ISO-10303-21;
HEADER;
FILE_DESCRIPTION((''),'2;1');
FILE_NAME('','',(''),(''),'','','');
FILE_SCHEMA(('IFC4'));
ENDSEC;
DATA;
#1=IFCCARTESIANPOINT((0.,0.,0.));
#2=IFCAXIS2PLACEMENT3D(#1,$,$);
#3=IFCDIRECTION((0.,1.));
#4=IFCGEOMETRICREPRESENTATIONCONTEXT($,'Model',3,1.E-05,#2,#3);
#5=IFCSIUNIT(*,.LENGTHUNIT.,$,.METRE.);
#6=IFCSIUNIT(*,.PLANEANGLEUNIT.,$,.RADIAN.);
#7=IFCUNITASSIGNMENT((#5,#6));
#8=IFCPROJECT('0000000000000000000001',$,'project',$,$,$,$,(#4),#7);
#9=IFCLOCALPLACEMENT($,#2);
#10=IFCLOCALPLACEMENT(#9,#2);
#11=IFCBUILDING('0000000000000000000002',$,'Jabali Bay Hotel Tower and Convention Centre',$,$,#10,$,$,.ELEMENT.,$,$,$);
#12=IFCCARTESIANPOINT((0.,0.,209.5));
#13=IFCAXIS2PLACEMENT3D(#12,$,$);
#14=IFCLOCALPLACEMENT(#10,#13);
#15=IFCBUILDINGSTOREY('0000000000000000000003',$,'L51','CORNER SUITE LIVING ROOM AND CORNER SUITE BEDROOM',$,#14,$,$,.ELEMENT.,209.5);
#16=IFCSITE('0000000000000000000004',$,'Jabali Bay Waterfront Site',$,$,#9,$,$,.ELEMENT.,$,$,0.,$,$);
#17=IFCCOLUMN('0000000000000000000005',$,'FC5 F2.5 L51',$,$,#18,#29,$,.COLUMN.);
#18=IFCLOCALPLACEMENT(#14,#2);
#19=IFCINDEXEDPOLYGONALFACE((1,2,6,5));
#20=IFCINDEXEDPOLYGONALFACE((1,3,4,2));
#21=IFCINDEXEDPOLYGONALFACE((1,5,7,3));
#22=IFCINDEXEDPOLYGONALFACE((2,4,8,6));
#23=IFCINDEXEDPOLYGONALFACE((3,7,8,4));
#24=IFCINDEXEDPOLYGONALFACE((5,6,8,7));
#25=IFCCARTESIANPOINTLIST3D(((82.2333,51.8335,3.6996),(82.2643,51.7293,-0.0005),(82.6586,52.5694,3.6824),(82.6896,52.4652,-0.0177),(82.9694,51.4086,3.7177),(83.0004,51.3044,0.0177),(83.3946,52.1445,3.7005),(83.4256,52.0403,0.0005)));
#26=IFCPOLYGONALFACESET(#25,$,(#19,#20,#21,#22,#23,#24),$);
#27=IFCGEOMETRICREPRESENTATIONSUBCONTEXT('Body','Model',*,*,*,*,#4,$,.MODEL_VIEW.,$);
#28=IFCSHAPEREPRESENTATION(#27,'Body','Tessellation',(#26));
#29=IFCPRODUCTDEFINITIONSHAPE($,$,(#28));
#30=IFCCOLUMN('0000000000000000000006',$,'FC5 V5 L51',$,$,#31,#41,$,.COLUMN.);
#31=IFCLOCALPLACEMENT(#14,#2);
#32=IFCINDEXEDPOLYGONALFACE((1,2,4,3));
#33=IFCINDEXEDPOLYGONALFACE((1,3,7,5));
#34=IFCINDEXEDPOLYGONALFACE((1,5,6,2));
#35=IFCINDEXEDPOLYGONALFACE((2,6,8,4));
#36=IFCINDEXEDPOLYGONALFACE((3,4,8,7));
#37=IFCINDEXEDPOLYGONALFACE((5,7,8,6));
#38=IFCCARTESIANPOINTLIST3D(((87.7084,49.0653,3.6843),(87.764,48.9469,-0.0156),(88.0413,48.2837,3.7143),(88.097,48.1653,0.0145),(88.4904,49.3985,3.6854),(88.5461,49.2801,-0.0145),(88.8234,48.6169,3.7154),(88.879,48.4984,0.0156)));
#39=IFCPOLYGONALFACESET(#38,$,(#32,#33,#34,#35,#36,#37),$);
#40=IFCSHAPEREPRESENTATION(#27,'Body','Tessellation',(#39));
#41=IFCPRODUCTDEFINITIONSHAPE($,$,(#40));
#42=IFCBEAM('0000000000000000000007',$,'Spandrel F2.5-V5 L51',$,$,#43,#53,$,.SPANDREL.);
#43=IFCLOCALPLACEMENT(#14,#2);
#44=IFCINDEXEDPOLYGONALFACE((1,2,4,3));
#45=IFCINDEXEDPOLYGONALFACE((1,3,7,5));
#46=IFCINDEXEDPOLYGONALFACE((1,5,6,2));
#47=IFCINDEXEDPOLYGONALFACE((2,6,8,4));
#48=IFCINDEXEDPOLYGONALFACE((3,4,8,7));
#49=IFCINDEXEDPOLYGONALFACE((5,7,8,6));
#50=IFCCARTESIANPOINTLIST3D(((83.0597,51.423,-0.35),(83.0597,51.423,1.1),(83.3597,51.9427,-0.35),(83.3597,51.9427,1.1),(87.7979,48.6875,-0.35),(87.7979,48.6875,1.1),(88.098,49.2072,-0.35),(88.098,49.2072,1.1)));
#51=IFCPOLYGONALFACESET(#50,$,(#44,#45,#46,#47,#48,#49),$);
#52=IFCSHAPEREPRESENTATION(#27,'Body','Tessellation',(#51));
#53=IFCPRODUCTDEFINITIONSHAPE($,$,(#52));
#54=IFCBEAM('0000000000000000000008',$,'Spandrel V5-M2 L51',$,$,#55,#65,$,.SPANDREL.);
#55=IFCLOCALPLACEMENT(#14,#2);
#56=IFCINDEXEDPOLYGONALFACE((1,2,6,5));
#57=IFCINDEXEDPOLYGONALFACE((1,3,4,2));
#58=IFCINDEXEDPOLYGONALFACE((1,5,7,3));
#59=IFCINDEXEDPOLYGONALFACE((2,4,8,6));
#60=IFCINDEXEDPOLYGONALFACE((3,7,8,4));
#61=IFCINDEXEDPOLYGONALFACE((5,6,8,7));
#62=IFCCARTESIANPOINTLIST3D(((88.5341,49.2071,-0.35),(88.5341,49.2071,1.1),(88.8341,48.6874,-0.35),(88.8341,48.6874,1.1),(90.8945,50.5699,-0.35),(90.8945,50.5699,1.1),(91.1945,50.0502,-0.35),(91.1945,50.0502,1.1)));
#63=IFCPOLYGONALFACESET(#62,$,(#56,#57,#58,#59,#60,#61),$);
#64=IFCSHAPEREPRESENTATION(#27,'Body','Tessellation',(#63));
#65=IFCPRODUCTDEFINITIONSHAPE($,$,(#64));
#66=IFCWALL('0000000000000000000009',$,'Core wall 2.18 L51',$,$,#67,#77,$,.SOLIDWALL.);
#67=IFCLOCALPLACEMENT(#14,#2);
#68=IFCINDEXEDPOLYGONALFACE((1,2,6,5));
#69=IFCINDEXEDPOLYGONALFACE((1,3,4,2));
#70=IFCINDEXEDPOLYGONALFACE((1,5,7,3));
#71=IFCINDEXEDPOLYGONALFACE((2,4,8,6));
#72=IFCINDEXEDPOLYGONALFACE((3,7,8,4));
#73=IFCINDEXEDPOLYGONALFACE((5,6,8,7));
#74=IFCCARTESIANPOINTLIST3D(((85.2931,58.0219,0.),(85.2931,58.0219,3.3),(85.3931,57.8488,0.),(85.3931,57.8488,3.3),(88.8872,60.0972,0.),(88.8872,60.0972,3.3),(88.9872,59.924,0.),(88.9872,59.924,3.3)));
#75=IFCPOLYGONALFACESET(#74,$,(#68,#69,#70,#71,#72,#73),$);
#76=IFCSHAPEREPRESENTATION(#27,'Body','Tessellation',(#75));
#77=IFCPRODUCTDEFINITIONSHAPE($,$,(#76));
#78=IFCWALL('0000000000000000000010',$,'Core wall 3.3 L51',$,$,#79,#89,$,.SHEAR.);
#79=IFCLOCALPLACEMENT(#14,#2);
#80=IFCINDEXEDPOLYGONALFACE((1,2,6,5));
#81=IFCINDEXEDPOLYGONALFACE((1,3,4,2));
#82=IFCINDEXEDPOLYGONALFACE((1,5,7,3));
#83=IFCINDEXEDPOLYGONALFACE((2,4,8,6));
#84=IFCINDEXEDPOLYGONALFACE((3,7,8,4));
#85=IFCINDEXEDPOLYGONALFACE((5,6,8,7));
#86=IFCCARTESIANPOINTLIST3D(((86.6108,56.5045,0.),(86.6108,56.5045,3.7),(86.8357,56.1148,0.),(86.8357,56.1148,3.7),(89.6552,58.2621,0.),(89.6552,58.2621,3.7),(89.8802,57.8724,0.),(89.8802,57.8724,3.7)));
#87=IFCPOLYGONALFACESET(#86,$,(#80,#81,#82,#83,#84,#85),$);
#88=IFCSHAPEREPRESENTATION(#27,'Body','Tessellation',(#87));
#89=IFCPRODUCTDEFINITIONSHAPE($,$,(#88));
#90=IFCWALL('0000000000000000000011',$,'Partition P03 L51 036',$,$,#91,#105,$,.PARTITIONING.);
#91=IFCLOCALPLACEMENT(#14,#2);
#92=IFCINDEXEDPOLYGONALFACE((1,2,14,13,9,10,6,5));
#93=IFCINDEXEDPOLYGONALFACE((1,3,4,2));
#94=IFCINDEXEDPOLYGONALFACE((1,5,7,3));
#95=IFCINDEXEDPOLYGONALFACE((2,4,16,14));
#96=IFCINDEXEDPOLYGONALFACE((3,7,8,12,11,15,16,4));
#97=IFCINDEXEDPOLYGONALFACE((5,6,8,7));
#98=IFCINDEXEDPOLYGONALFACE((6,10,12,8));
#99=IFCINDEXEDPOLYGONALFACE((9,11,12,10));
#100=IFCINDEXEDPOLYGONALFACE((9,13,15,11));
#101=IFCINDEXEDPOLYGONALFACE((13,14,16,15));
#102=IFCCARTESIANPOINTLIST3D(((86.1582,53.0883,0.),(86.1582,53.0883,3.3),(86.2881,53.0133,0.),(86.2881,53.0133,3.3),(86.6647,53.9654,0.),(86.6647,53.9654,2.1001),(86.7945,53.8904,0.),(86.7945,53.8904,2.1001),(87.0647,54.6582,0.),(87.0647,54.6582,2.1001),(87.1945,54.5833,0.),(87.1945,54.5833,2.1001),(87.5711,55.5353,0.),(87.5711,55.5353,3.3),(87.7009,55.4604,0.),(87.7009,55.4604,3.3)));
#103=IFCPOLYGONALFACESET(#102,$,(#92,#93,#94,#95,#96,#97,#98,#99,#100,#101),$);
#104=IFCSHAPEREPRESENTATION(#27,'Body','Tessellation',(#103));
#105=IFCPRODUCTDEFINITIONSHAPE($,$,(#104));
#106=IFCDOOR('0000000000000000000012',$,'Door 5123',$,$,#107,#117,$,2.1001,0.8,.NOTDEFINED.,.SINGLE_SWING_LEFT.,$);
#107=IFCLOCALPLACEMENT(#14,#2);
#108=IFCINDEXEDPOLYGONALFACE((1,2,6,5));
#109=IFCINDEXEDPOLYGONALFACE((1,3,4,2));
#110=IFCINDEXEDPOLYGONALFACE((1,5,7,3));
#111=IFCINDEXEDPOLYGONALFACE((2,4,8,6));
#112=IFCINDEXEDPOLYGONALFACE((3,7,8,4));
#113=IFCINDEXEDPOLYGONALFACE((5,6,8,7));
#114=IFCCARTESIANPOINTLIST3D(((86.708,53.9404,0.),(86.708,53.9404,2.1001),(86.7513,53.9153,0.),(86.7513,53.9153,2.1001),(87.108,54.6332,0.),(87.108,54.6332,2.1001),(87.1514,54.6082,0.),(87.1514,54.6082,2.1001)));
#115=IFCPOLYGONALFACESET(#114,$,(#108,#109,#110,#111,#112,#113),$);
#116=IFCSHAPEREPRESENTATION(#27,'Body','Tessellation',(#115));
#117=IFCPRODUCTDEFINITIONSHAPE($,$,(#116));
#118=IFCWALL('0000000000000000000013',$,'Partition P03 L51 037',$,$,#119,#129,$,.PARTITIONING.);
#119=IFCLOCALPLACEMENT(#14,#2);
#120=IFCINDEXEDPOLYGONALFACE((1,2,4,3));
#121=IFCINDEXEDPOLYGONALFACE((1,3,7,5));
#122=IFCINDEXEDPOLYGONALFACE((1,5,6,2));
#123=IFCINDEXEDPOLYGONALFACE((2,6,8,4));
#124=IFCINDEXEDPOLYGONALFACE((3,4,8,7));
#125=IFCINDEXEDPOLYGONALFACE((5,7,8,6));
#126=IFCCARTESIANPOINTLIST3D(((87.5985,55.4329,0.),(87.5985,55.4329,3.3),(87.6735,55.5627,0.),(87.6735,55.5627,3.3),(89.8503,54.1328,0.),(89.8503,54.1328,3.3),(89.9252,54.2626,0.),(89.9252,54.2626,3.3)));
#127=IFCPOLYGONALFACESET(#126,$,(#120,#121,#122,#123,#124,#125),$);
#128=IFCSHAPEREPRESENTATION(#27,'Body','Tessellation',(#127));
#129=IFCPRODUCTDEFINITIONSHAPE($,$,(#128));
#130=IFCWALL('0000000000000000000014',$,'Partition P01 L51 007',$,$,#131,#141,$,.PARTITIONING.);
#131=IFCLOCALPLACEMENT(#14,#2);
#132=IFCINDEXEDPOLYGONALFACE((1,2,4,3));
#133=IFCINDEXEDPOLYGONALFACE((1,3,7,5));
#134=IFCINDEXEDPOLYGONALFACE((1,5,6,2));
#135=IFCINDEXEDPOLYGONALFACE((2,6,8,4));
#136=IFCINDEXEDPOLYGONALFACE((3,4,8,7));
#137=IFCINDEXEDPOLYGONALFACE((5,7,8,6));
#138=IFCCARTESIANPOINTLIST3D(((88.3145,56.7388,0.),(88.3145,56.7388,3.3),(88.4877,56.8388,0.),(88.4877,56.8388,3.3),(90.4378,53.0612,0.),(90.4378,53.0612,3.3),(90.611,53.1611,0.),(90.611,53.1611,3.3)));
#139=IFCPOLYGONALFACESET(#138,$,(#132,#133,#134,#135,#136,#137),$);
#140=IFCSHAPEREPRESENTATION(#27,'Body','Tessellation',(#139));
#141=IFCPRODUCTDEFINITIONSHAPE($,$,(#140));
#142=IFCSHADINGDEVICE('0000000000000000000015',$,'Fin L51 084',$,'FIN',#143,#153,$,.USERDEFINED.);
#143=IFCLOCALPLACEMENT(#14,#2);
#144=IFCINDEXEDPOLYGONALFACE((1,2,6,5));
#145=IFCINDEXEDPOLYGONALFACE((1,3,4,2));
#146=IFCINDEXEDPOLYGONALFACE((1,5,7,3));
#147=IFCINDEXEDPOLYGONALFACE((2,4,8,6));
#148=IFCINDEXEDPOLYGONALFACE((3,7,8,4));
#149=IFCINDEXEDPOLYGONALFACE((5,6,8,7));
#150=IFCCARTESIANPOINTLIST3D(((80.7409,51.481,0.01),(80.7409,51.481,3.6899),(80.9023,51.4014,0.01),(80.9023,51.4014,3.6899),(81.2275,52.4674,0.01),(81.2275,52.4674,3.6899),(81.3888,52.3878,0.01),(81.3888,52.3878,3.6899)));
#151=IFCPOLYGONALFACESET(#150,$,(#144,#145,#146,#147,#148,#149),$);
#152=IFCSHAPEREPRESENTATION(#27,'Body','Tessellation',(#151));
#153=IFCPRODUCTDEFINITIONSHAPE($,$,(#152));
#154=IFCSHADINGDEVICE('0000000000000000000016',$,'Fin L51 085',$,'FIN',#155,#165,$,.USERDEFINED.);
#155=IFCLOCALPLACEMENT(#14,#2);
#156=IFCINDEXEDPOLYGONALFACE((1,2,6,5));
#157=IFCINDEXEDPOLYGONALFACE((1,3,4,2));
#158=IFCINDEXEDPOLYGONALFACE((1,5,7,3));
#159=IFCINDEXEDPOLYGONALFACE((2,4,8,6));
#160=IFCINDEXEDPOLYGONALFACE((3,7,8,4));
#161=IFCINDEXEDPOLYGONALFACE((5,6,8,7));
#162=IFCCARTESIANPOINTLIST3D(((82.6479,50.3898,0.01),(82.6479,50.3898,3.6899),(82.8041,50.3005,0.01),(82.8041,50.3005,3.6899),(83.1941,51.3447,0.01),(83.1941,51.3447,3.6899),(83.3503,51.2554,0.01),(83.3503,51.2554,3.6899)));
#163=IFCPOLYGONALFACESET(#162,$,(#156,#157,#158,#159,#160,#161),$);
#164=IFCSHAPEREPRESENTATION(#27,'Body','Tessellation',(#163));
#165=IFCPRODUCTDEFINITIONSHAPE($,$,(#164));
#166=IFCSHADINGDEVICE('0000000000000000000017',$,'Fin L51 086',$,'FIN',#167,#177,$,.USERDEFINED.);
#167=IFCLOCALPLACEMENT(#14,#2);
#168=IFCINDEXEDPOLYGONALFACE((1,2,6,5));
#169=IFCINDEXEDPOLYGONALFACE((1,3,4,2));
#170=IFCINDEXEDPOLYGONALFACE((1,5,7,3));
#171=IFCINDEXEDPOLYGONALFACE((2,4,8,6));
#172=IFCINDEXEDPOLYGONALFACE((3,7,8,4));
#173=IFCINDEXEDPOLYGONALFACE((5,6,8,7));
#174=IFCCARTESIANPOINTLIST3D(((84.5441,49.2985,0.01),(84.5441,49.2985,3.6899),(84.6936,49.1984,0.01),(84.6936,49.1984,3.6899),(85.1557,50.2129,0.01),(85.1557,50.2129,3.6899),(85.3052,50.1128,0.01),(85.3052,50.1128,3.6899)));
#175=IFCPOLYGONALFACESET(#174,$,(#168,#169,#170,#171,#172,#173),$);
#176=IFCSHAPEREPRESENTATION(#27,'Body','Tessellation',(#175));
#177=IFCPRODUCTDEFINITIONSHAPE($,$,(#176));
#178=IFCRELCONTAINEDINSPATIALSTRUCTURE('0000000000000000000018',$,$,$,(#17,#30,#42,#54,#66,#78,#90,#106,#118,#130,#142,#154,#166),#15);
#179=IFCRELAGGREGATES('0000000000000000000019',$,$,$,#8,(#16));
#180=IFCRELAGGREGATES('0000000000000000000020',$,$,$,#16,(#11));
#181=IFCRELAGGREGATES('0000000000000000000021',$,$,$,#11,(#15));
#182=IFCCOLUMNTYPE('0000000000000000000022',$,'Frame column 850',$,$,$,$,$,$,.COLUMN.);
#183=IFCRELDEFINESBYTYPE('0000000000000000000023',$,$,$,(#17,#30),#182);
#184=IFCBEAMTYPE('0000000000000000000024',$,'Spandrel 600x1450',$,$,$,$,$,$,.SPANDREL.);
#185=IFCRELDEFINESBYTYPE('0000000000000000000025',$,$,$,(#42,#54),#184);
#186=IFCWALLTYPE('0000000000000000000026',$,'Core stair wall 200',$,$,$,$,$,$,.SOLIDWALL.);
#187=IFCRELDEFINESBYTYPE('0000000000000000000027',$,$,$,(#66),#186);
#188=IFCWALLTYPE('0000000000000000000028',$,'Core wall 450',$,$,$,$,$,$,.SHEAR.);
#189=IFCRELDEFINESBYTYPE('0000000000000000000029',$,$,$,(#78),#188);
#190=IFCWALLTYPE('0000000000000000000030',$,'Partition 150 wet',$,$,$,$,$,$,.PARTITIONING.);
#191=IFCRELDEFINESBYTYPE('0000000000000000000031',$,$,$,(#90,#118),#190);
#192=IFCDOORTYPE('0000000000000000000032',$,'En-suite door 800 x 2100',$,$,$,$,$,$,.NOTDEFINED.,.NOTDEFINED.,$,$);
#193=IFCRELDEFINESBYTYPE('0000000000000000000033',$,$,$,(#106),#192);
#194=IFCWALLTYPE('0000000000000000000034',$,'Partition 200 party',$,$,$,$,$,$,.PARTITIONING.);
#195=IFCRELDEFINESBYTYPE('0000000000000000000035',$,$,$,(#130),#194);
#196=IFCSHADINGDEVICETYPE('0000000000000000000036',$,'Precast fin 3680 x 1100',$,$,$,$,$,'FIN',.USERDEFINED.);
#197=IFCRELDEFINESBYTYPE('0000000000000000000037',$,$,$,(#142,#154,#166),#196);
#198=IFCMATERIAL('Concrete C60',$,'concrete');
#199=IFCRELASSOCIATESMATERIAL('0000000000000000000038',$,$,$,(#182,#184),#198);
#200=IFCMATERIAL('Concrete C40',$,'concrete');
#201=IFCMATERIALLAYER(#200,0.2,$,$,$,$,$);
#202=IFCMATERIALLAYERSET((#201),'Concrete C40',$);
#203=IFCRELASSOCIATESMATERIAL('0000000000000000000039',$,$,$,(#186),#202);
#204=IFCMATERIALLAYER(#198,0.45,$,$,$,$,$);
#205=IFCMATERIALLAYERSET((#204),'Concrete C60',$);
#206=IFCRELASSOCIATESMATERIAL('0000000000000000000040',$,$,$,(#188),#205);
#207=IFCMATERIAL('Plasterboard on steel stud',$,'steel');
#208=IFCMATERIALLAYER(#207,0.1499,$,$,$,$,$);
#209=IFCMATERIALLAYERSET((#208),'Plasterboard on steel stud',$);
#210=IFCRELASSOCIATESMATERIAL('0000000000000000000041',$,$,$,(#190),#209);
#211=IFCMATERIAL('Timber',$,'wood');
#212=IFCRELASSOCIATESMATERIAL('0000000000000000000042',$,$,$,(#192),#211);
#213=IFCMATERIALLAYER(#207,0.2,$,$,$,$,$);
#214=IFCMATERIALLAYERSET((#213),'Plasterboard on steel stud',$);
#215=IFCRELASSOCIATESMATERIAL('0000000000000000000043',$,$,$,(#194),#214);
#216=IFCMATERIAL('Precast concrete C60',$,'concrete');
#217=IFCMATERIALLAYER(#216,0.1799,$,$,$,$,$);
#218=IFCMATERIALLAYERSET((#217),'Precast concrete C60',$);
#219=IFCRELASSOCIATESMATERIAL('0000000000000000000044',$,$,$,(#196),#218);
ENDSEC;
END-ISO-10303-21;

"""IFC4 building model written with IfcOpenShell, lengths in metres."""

from ifc_helpers import new_model, si_unit, direction, frame, frame_2d, origin, origin_2d, place, context, subcontext, project, spatial, rectangle, extrude, material, layer, layer_set, material_profile, profile_set, type_object, element, fill, save


model = new_model("IFC4")

# Units and contexts
model_context = context("Model", 3, precision=1e-05, world=origin(), true_north=direction((0.0, 1.0)))
body_context = subcontext(model_context, "Body", "Model", "MODEL_VIEW")
ifc_project = project(units=[si_unit("LENGTHUNIT", "METRE"), si_unit("PLANEANGLEUNIT", "RADIAN")], contexts=[model_context])

# Site, building, storey
site_placement = place(None, origin())
site = spatial("IfcSite", under=ifc_project, at=site_placement, Name="Jabali Bay Waterfront Site", CompositionType="ELEMENT", RefElevation=0.0)
building_placement = place(site_placement, origin())
building = spatial("IfcBuilding", under=site, at=building_placement, Name="Jabali Bay Hotel Tower and Convention Centre", CompositionType="ELEMENT")
storey_placement = place(building_placement, frame((0.0, 0.0, 209.5)))
storey = spatial("IfcBuildingStorey", under=building, at=storey_placement, Name="L51", Description="CORNER SUITE LIVING ROOM AND CORNER SUITE BEDROOM", CompositionType="ELEMENT", Elevation=209.5)

# Columns
ifc_material_1 = material(Name="Concrete C60", Category="concrete")
ifc_material_profile_1 = material_profile(ifc_material_1, rectangle(XDim=0.8501, YDim=0.8501, at=origin_2d()), Name="Frame column 850")
ifc_profile_set_1 = profile_set([ifc_material_profile_1], Name="Concrete C60")
column_type = type_object("IfcColumnType", Name="Frame column 850", PredefinedType="COLUMN", material=ifc_profile_set_1)
column_1_placement = place(storey_placement, frame((82.845, 51.8848, 0.0), z_axis=(-0.008376, 0.028163, 0.999568), x_axis=(-0.50023, -0.865657, 0.020198)))
element("IfcColumn", 1, at=column_1_placement, inside=storey, type_object=column_type, Name="FC5 F2.5 L51", PredefinedType="COLUMN", context=body_context, shape_type="SweptSolid", body=[
    extrude(rectangle(XDim=0.8501, YDim=0.8501, at=origin_2d()), origin(), (0.0, 0.0, 1.0), 3.7017),
])
column_2_placement = place(storey_placement, frame((88.3215, 48.7227, 0.0), z_axis=(-0.015035, 0.031983, 0.999375), x_axis=(0.391661, -0.919432, 0.035317)))
element("IfcColumn", 2, at=column_2_placement, inside=storey, type_object=column_type, Name="FC5 V5 L51", PredefinedType="COLUMN", context=body_context, shape_type="SweptSolid", body=[
    extrude(rectangle(XDim=0.8501, YDim=0.8501, at=origin_2d()), origin(), (0.0, 0.0, 1.0), 3.7021),
])

# Beams
ifc_material_profile_2 = material_profile(ifc_material_1, rectangle(XDim=0.6001, YDim=1.45, at=origin_2d()), Name="Spandrel 600x1450")
ifc_profile_set_2 = profile_set([ifc_material_profile_2], Name="Concrete C60")
beam_type = type_object("IfcBeamType", Name="Spandrel 600x1450", PredefinedType="SPANDREL", material=ifc_profile_set_2)
beam_1_placement = place(storey_placement, frame((83.2097, 51.6829, 0.375), z_axis=(0.86603, -0.499993, 0.0), x_axis=(0.499993, 0.86603, 0.0)))
element("IfcBeam", 3, at=beam_1_placement, inside=storey, type_object=beam_type, Name="Spandrel F2.5-V5 L51", PredefinedType="SPANDREL", context=body_context, shape_type="SweptSolid", body=[
    extrude(rectangle(XDim=0.6001, YDim=1.45, at=origin_2d()), origin(), (0.0, 0.0, 1.0), 5.4712),
])
beam_2_placement = place(storey_placement, frame((88.6841, 48.9473, 0.375), z_axis=(0.866019, 0.500012, 0.0), x_axis=(-0.500012, 0.866019, 0.0)))
element("IfcBeam", 4, at=beam_2_placement, inside=storey, type_object=beam_type, Name="Spandrel V5-M2 L51", PredefinedType="SPANDREL", context=body_context, shape_type="SweptSolid", body=[
    extrude(rectangle(XDim=0.6001, YDim=1.45, at=origin_2d()), origin(), (0.0, 0.0, 1.0), 2.7256),
])

# Walls
ifc_material_2 = material(Name="Concrete C40", Category="concrete")
ifc_layer_1 = layer(ifc_material_2, 0.2)
ifc_layer_set_1 = layer_set([ifc_layer_1], Name="Concrete C40")
wall_type_1 = type_object("IfcWallType", Name="Core stair wall 200", PredefinedType="SOLIDWALL", material=ifc_layer_set_1)
wall_1_placement = place(storey_placement, frame((85.343, 57.9353, 0.0), z_axis=(0.0, 0.0, 1.0), x_axis=(0.866004, 0.500036, 0.0)))
element("IfcWall", 5, at=wall_1_placement, inside=storey, type_object=wall_type_1, Name="Core wall 2.18 L51", PredefinedType="SOLIDWALL", context=body_context, shape_type="SweptSolid", body=[
    extrude(rectangle(XDim=4.1501, YDim=0.2, at=frame_2d((2.0752, 0.0))), origin(), (0.0, 0.0, 1.0), 3.3),
])
ifc_layer_2 = layer(ifc_material_1, 0.45)
ifc_layer_set_2 = layer_set([ifc_layer_2], Name="Concrete C60")
wall_type_2 = type_object("IfcWallType", Name="Core wall 450", PredefinedType="SHEAR", material=ifc_layer_set_2)
wall_2_placement = place(storey_placement, frame((86.7231, 56.3096, 0.0), z_axis=(0.0, 0.0, 1.0), x_axis=(0.866042, 0.499971, 0.0)))
element("IfcWall", 6, at=wall_2_placement, inside=storey, type_object=wall_type_2, Name="Core wall 3.3 L51", PredefinedType="SHEAR", context=body_context, shape_type="SweptSolid", body=[
    extrude(rectangle(XDim=3.5154, YDim=0.45, at=frame_2d((1.7578, 0.0))), origin(), (0.0, 0.0, 1.0), 3.7),
])

# Wall, opening, door
ifc_material_3 = material(Name="Plasterboard on steel stud", Category="steel")
ifc_layer_3 = layer(ifc_material_3, 0.1499)
ifc_layer_set_3 = layer_set([ifc_layer_3], Name="Plasterboard on steel stud")
wall_type_3 = type_object("IfcWallType", Name="Partition 150 wet", PredefinedType="PARTITIONING", material=ifc_layer_set_3)
wall_3_placement = place(storey_placement, frame((86.2231, 53.0508, 0.0), z_axis=(0.0, 0.0, 1.0), x_axis=(0.500014, 0.866017, 0.0)))
wall_3 = element("IfcWall", 7, at=wall_3_placement, inside=storey, type_object=wall_type_3, Name="Partition P03 L51 036", PredefinedType="PARTITIONING", context=body_context, shape_type="SweptSolid", body=[
    extrude(rectangle(XDim=2.8257, YDim=0.1499, at=frame_2d((1.4128, 0.0))), origin(), (0.0, 0.0, 1.0), 3.3),
])
opening_1_placement = place(wall_3_placement, frame((1.0129, 0.0, 0.0)))
opening_1 = element("IfcOpeningElement", 8, at=opening_1_placement, cuts=wall_3, PredefinedType="OPENING", context=body_context, shape_type="SweptSolid", body=[
    extrude(rectangle(XDim=0.8, YDim=2.1001, at=frame_2d((0.3999, 1.05))), frame((0.0, 0.0854, 0.0), z_axis=(0.0, -1.0, 0.0), x_axis=(1.0, 0.0, 0.0)), (0.0, 0.0, 1.0), 0.1709),
])
ifc_material_4 = material(Name="Timber", Category="wood")
door_type_1 = type_object("IfcDoorType", Name="En-suite door 800 x 2100", OperationType="NOTDEFINED", PredefinedType="NOTDEFINED", material=ifc_material_4)
door_1_placement = place(opening_1_placement, origin())
door_1 = element("IfcDoor", 9, at=door_1_placement, inside=storey, type_object=door_type_1, Name="Door 5123", OperationType="SINGLE_SWING_LEFT", OverallHeight=2.1001, OverallWidth=0.8, PredefinedType="NOTDEFINED", context=body_context, shape_type="SweptSolid", body=[
    extrude(rectangle(XDim=0.8, YDim=2.1001, at=frame_2d((0.3999, 1.05))), frame((0.0, 0.0249, 0.0), z_axis=(0.0, -1.0, 0.0), x_axis=(1.0, 0.0, 0.0)), (0.0, 0.0, 1.0), 0.05),
])
fill(opening_1, door_1)

# Walls
wall_4_placement = place(storey_placement, frame((87.636, 55.4978, 0.0), z_axis=(0.0, 0.0, 1.0), x_axis=(0.866021, -0.500007, 0.0)))
element("IfcWall", 10, at=wall_4_placement, inside=storey, type_object=wall_type_3, Name="Partition P03 L51 037", PredefinedType="PARTITIONING", context=body_context, shape_type="SweptSolid", body=[
    extrude(rectangle(XDim=2.6001, YDim=0.1499, at=frame_2d((1.3, 0.0))), origin(), (0.0, 0.0, 1.0), 3.3),
])
ifc_layer_4 = layer(ifc_material_3, 0.2)
ifc_layer_set_4 = layer_set([ifc_layer_4], Name="Plasterboard on steel stud")
wall_type_4 = type_object("IfcWallType", Name="Partition 200 party", PredefinedType="PARTITIONING", material=ifc_layer_set_4)
wall_5_placement = place(storey_placement, frame((88.4011, 56.7888, 0.0), z_axis=(0.0, 0.0, 1.0), x_axis=(0.499991, -0.86603, 0.0)))
element("IfcWall", 11, at=wall_5_placement, inside=storey, type_object=wall_type_4, Name="Partition P01 L51 007", PredefinedType="PARTITIONING", context=body_context, shape_type="SweptSolid", body=[
    extrude(rectangle(XDim=4.2466, YDim=0.2, at=frame_2d((2.1233, 0.0))), origin(), (0.0, 0.0, 1.0), 3.3),
])

# Shading devices
ifc_material_5 = material(Name="Precast concrete C60", Category="concrete")
ifc_layer_5 = layer(ifc_material_5, 0.1799)
ifc_layer_set_5 = layer_set([ifc_layer_5], Name="Precast concrete C60")
shading_device_type_1 = type_object("IfcShadingDeviceType", Name="Precast fin 3680 x 1100", ElementType="FIN", PredefinedType="USERDEFINED", material=ifc_layer_set_5)
shading_device_placement = place(storey_placement, frame((81.3081, 52.4275, 0.01), z_axis=(0.0, 0.0, 1.0), x_axis=(-0.442412, -0.896812, 0.0)))
element("IfcShadingDevice", 12, at=shading_device_placement, inside=storey, type_object=shading_device_type_1, Name="Fin L51 084", ObjectType="FIN", PredefinedType="USERDEFINED", context=body_context, shape_type="SweptSolid", body=[
    extrude(rectangle(XDim=1.0999, YDim=0.1799, at=frame_2d((0.5498, 0.0))), origin(), (0.0, 0.0, 1.0), 3.6799),
])
for number, where, z_axis, x_axis, name in (
    (13, (83.2722, 51.3, 0.01), (0.0, 0.0, 1.0), (-0.496497, -0.868038, 0.0), "Fin L51 085"),
    (14, (85.2305, 50.1628, 0.01), (0.0, 0.0, 1.0), (-0.55598, -0.831196, 0.0), "Fin L51 086"),
):
    element("IfcShadingDevice", number, at=place(storey_placement, frame(where, z_axis=z_axis, x_axis=x_axis)), inside=storey, type_object=shading_device_type_1, Name=name, ObjectType="FIN", PredefinedType="USERDEFINED", context=body_context, shape_type="SweptSolid", body=[
        extrude(rectangle(XDim=1.1001, YDim=0.1799, at=frame_2d((0.55, 0.0))), origin(), (0.0, 0.0, 1.0), 3.6799),
    ])

save(model, "model.ifc")
